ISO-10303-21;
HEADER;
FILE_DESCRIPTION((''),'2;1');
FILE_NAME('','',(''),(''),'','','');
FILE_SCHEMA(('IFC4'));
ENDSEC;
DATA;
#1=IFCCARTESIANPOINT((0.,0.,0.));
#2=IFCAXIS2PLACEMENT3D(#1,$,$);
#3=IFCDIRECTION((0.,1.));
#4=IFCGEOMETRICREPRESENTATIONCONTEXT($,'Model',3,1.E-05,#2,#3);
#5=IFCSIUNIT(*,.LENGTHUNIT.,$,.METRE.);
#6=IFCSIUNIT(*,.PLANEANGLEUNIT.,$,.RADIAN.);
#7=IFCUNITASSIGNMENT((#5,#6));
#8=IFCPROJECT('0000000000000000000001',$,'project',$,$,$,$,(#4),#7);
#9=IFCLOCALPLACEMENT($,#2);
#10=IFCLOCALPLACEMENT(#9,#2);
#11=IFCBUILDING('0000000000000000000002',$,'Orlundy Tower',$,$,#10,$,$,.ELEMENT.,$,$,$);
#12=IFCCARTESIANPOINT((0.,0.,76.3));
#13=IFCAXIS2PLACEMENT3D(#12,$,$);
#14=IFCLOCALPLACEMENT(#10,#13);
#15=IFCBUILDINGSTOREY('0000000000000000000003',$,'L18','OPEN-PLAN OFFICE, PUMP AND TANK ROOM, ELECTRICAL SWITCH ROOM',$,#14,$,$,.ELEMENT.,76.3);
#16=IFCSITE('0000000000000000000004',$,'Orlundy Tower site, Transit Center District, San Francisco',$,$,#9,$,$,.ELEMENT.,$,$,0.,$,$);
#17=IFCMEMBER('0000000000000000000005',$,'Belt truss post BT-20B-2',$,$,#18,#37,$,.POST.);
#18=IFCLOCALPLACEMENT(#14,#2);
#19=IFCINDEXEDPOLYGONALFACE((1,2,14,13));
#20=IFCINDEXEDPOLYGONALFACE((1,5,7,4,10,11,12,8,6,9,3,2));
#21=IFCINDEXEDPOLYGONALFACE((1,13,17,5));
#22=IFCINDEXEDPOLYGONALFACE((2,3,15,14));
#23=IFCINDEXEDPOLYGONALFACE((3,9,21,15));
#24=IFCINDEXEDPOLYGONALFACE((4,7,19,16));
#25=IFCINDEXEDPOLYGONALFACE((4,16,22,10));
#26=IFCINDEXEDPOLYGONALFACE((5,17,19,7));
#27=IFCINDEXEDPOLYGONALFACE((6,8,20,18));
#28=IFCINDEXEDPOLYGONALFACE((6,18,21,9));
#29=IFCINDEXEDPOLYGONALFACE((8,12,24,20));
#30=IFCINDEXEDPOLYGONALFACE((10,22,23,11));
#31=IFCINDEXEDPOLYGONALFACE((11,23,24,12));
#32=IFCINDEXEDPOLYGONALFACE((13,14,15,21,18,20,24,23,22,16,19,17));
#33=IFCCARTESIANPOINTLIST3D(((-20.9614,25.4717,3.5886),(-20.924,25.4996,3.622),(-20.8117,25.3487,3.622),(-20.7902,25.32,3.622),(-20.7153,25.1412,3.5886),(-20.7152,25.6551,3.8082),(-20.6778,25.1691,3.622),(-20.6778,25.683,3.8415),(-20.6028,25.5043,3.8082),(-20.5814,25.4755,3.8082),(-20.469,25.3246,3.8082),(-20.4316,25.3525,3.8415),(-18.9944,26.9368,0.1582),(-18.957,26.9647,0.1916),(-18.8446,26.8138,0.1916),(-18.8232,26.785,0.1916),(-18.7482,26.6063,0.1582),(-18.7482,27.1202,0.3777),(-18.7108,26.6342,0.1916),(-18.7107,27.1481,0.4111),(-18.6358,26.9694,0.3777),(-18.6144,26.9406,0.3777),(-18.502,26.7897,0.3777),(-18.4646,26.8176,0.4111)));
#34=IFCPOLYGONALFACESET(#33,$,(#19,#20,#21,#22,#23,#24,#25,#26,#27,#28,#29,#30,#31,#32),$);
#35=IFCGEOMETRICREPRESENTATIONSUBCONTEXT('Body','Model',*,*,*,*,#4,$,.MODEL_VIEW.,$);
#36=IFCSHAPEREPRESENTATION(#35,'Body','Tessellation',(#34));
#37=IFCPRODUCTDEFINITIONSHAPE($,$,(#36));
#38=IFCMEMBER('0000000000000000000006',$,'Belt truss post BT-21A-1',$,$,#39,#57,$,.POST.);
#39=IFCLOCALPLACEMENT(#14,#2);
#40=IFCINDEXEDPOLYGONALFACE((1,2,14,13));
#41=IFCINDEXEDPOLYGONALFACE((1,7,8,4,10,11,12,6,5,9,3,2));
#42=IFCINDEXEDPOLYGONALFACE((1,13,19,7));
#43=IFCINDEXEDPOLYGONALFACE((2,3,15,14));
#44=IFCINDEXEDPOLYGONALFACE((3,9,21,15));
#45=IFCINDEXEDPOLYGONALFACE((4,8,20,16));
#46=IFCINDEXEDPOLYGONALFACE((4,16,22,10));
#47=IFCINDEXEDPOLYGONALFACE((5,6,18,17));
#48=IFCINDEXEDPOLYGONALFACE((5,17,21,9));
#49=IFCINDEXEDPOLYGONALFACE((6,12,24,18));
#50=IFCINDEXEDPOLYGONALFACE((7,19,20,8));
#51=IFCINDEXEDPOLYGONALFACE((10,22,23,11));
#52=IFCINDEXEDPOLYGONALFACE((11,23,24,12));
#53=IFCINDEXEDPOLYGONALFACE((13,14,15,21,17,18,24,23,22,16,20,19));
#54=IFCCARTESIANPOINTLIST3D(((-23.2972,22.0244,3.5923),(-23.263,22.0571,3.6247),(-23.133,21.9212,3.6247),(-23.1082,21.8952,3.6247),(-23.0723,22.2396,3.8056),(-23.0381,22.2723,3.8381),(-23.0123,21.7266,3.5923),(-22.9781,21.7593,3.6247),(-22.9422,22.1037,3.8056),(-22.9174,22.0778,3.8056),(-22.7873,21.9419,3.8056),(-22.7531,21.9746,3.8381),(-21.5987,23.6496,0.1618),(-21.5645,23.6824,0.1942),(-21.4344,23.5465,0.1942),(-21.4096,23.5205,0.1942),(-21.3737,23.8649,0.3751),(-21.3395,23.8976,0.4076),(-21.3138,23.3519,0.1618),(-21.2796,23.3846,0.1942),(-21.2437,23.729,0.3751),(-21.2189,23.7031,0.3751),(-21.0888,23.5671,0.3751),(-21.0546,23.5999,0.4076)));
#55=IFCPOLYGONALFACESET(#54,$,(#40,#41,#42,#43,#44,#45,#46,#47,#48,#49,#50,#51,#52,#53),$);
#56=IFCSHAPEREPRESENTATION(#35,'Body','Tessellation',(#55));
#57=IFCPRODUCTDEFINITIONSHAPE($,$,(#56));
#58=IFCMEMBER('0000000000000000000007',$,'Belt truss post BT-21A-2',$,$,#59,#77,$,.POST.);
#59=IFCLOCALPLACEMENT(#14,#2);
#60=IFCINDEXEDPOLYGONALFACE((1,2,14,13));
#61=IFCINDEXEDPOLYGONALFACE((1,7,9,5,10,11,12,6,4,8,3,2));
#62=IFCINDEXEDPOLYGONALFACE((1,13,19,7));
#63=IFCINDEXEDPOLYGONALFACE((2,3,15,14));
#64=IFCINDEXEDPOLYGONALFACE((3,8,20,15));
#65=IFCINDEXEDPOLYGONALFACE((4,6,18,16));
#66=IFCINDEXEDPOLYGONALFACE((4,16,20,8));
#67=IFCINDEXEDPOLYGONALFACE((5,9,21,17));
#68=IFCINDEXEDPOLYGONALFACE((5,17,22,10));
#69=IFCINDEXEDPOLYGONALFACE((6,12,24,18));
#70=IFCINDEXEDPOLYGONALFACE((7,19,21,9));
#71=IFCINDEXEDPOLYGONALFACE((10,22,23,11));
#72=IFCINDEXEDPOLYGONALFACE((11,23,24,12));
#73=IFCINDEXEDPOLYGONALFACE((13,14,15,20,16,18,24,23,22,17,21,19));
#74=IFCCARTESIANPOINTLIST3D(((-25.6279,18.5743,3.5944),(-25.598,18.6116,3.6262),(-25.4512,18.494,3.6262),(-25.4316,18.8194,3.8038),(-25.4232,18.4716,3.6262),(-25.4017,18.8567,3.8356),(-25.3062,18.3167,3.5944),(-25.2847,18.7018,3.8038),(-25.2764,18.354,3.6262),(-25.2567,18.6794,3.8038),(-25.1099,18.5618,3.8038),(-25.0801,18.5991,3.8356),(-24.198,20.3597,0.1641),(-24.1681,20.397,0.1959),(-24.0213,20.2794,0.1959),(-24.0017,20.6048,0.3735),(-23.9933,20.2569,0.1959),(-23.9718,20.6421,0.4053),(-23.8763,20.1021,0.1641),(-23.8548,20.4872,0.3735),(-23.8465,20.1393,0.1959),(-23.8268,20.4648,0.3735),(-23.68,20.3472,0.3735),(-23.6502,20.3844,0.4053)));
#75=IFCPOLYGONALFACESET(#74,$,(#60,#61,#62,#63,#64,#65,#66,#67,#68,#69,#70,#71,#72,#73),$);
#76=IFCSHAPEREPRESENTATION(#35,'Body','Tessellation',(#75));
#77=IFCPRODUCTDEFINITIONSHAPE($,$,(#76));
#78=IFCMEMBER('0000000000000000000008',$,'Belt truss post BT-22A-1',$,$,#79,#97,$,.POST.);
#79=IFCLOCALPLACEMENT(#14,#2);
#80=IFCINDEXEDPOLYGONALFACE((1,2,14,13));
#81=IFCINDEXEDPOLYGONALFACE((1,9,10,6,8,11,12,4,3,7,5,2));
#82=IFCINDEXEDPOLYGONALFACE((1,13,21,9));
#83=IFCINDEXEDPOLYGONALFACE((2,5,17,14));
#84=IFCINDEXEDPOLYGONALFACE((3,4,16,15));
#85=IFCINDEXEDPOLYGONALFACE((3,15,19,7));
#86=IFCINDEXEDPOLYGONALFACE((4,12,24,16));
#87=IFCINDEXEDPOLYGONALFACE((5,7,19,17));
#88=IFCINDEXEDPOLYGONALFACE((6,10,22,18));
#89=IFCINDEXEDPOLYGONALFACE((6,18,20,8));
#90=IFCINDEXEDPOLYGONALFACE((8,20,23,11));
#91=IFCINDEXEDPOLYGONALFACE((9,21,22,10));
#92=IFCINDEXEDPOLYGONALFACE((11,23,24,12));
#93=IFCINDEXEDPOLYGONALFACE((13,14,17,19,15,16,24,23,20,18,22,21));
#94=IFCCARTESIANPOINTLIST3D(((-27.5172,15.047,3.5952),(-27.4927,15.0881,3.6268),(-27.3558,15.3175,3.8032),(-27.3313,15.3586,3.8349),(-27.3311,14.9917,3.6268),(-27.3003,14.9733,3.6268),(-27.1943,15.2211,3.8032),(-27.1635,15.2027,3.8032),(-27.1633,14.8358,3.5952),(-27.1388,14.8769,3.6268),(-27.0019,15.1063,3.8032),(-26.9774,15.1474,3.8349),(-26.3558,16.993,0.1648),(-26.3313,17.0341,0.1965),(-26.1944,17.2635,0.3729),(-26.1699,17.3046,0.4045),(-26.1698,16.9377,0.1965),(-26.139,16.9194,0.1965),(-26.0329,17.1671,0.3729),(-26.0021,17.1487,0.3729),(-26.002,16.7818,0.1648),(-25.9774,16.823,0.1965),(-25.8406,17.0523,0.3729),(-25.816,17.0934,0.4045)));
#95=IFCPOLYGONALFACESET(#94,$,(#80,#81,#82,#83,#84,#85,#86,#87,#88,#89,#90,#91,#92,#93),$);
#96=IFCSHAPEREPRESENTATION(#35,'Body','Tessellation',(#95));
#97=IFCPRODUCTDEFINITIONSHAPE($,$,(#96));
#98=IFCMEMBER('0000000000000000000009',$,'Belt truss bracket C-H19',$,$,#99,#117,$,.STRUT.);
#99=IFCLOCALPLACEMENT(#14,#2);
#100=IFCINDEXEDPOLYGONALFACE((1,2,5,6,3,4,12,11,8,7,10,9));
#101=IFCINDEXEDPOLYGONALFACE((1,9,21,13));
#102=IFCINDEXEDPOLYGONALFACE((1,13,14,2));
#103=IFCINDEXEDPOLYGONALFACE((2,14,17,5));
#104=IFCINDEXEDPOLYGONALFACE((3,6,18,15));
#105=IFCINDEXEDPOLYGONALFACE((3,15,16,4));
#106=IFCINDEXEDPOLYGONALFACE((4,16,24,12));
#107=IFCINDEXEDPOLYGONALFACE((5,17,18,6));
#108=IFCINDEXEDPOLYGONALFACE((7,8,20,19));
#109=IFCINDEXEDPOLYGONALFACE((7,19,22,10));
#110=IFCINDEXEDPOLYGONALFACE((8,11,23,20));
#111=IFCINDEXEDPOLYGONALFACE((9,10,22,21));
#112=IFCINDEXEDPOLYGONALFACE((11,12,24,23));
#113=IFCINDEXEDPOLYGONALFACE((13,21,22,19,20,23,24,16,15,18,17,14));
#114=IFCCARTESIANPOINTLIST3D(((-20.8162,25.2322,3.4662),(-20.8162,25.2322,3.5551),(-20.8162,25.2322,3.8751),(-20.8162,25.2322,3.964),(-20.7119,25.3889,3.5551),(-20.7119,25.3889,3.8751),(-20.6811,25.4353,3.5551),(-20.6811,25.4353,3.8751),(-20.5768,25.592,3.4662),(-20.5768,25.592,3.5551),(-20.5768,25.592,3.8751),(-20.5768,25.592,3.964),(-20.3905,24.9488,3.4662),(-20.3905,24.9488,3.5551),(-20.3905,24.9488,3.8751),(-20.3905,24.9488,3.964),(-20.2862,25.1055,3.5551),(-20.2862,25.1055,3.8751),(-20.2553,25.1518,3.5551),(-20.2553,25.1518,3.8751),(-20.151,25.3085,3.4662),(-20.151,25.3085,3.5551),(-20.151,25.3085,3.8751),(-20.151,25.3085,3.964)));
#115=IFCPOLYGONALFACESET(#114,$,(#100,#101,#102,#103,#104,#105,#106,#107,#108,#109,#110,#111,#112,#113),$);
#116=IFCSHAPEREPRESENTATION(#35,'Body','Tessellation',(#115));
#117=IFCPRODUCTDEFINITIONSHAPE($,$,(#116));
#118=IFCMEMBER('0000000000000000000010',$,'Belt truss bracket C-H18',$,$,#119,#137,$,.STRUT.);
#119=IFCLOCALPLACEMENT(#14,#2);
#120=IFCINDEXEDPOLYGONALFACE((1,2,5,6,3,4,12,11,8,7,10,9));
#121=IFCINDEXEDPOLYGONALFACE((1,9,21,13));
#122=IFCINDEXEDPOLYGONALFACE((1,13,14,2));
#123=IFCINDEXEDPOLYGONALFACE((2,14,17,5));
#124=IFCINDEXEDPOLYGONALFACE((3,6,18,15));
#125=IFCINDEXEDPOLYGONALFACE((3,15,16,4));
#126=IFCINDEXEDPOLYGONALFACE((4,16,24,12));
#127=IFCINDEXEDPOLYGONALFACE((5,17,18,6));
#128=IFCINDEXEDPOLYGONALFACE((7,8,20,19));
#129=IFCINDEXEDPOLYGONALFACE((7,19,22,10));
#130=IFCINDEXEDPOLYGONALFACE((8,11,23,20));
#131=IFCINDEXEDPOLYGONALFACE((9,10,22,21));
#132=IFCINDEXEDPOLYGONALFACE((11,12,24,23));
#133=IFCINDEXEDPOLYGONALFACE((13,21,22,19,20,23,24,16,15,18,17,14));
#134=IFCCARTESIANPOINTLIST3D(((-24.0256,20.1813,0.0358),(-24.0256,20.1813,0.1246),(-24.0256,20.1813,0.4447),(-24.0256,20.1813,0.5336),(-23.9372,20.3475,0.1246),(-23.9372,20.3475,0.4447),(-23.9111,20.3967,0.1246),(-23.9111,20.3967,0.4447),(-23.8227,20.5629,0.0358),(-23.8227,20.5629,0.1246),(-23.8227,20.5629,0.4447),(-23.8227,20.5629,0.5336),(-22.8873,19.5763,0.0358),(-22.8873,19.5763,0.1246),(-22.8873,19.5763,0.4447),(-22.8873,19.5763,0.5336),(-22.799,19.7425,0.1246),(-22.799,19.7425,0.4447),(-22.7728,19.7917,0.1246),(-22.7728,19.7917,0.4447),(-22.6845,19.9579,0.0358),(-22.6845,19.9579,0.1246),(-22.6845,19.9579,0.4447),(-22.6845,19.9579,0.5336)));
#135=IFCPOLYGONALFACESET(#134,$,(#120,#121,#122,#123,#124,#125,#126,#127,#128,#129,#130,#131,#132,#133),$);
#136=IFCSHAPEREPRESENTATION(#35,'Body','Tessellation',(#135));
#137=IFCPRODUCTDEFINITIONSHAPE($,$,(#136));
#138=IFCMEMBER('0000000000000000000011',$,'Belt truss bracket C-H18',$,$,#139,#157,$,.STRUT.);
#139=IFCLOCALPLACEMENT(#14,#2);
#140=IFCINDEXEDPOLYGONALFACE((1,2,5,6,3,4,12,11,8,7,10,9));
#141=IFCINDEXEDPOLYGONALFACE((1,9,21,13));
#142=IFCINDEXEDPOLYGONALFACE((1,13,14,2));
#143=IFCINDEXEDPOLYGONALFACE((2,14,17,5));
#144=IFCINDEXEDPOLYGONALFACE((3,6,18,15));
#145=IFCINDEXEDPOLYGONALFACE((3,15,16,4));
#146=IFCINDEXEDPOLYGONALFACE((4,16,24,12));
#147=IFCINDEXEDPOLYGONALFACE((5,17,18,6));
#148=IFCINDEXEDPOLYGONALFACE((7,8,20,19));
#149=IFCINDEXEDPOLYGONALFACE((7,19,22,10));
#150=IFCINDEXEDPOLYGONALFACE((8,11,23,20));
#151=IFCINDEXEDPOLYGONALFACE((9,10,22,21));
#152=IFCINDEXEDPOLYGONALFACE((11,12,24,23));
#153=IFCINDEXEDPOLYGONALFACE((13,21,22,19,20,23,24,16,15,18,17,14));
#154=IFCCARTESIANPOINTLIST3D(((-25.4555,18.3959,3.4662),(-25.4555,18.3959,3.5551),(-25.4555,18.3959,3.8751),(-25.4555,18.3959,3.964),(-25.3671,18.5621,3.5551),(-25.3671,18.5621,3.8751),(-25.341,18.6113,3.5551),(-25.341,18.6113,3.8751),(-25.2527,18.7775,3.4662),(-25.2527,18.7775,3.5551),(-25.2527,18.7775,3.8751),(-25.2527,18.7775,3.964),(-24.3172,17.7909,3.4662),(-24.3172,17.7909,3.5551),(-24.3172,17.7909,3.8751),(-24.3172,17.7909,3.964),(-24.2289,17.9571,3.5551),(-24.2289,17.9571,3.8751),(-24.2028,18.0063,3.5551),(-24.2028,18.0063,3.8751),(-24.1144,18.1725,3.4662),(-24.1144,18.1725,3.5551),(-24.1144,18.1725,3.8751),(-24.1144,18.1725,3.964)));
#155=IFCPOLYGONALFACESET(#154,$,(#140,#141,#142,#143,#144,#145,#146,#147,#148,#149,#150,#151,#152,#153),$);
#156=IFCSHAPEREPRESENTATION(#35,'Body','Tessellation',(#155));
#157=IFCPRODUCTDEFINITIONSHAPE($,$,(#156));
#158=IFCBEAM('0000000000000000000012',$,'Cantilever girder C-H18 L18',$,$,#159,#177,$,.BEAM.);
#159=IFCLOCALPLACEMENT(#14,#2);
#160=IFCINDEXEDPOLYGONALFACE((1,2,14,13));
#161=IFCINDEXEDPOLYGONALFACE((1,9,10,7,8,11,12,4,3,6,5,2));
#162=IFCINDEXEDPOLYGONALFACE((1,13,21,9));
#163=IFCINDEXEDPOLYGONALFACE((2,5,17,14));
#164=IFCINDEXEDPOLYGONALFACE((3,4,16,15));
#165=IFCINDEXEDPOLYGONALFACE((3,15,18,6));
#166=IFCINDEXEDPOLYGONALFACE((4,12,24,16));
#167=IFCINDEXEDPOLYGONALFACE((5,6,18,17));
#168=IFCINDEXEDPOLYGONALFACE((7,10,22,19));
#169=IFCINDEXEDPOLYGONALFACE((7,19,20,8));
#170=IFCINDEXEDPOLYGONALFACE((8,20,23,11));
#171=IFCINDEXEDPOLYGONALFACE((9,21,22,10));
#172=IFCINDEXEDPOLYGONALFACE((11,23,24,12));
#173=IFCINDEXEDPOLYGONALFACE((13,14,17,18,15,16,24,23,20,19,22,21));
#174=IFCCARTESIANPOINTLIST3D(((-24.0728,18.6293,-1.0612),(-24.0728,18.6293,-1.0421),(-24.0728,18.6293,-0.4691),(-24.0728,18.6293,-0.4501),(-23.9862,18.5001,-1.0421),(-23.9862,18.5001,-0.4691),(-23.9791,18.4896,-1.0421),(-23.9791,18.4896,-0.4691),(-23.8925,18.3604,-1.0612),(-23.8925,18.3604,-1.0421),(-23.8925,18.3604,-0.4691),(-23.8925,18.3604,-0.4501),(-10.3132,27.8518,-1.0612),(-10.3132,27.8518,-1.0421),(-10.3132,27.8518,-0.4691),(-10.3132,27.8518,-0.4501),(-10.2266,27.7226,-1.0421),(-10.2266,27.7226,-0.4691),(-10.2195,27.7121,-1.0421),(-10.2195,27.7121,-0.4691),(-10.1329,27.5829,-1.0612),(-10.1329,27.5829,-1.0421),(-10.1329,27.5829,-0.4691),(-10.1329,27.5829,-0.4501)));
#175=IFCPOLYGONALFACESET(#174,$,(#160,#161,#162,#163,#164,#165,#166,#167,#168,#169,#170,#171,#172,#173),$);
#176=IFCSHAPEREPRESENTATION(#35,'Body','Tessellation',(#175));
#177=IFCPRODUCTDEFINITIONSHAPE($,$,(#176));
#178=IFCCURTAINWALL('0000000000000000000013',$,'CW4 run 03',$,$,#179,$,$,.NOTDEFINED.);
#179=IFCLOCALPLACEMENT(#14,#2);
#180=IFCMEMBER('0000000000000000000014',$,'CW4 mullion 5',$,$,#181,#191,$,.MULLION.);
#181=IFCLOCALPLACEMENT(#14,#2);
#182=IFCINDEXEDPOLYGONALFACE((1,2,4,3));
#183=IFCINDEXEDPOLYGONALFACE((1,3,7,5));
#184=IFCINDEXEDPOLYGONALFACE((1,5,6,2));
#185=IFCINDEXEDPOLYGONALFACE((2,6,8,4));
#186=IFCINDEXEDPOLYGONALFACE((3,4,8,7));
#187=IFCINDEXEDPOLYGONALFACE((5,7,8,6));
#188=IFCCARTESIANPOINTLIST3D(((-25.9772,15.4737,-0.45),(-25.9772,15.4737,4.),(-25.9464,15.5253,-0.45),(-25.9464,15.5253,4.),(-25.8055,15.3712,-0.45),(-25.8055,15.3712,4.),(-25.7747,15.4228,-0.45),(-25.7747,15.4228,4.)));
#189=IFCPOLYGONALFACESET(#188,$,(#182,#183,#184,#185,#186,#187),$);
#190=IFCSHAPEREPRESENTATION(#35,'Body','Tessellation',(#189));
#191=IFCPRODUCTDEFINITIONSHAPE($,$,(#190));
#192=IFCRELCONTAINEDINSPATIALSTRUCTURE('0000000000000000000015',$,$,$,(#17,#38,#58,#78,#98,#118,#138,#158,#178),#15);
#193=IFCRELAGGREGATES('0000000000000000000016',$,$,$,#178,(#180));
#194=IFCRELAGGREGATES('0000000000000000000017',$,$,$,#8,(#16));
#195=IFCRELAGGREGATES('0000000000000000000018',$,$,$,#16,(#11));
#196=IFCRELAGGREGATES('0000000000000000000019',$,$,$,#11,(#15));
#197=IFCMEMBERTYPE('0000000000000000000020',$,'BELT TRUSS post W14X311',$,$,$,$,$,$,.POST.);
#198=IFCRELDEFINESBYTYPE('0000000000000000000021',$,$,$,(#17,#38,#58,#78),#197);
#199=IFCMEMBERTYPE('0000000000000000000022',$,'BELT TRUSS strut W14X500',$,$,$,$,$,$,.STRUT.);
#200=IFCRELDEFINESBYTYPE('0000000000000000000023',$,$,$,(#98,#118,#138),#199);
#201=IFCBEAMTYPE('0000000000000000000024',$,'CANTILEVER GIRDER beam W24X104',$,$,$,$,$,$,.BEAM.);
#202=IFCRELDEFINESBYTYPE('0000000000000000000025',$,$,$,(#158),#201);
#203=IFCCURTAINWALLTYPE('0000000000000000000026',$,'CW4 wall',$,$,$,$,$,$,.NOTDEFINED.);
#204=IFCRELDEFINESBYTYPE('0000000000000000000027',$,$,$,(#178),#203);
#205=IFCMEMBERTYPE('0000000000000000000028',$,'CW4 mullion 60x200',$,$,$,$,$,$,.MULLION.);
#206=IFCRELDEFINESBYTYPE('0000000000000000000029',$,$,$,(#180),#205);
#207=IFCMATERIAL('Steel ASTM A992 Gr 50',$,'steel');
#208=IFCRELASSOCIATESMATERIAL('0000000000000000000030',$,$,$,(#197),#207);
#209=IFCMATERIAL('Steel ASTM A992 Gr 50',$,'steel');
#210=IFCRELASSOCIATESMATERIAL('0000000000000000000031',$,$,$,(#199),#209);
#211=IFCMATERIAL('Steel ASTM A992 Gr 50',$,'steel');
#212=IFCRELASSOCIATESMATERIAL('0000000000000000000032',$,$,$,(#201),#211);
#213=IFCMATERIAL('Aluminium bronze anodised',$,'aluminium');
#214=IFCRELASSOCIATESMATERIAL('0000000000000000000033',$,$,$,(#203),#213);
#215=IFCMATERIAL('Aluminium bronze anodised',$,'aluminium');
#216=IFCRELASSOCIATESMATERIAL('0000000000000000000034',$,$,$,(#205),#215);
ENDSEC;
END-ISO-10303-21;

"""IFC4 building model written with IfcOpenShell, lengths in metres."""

from ifc_helpers import new_model, si_unit, direction, frame, origin, origin_2d, place, context, subcontext, project, spatial, rectangle, i_section, extrude, material, material_profile, profile_set, type_object, element, aggregate, save


model = new_model("IFC4")

# Units and contexts
model_context = context("Model", 3, precision=1e-05, world=origin(), true_north=direction((0.0, 1.0)))
body_context = subcontext(model_context, "Body", "Model", "MODEL_VIEW")
ifc_project = project(units=[si_unit("LENGTHUNIT", "METRE"), si_unit("PLANEANGLEUNIT", "RADIAN")], contexts=[model_context])

# Site, building, storey
site_placement = place(None, origin())
site = spatial("IfcSite", under=ifc_project, at=site_placement, Name="Orlundy Tower site, Transit Center District, San Francisco", CompositionType="ELEMENT", RefElevation=0.0)
building_placement = place(site_placement, origin())
building = spatial("IfcBuilding", under=site, at=building_placement, Name="Orlundy Tower", CompositionType="ELEMENT")
storey_placement = place(building_placement, frame((0.0, 0.0, 76.3)))
storey = spatial("IfcBuildingStorey", under=building, at=storey_placement, Name="L18", Description="OPEN-PLAN OFFICE, PUMP AND TANK ROOM, ELECTRICAL SWITCH ROOM", CompositionType="ELEMENT", Elevation=76.3)

# Members
ifc_material_1 = material(Name="Steel ASTM A992 Gr 50", Category="steel")
ifc_material_profile_1 = material_profile(ifc_material_1, i_section(OverallWidth=0.4121, OverallDepth=0.4348, WebThickness=0.0359, FlangeThickness=0.0574, at=origin_2d()), Name="W14X311")
ifc_profile_set_1 = profile_set([ifc_material_profile_1], Name="Steel ASTM A992 Gr 50")
member_type_1 = type_object("IfcMemberType", Name="BELT TRUSS post W14X311", PredefinedType="POST", material=ifc_profile_set_1)
member_1_placement = place(storey_placement, frame((-18.7295, 26.8772, 0.2847), z_axis=(-0.466449, -0.34742, 0.813464), x_axis=(0.597337, -0.80199, 0.0)))
element("IfcMember", 1, at=member_1_placement, inside=storey, type_object=member_type_1, Name="Belt truss post BT-20B-2", PredefinedType="POST", context=body_context, shape_type="SweptSolid", body=[
    extrude(i_section(OverallWidth=0.4121, OverallDepth=0.4348, WebThickness=0.0359, FlangeThickness=0.0574, at=origin_2d()), origin(), (0.0, 0.0, 1.0), 4.217),
])
member_2_placement = place(storey_placement, frame((-21.3267, 23.6248, 0.2847), z_axis=(-0.408426, -0.390814, 0.824895), x_axis=(0.691357, -0.722513, 0.0)))
element("IfcMember", 2, at=member_2_placement, inside=storey, type_object=member_type_1, Name="Belt truss post BT-21A-1", PredefinedType="POST", context=body_context, shape_type="SweptSolid", body=[
    extrude(i_section(OverallWidth=0.4121, OverallDepth=0.4348, WebThickness=0.0359, FlangeThickness=0.0574, at=origin_2d()), origin(), (0.0, 0.0, 1.0), 4.1587),
])
member_3_placement = place(storey_placement, frame((-23.9241, 20.3721, 0.2847), z_axis=(-0.346808, -0.433021, 0.831996), x_axis=(0.780525, -0.625124, 0.0)))
element("IfcMember", 3, at=member_3_placement, inside=storey, type_object=member_type_1, Name="Belt truss post BT-21A-2", PredefinedType="POST", context=body_context, shape_type="SweptSolid", body=[
    extrude(i_section(OverallWidth=0.4121, OverallDepth=0.4348, WebThickness=0.0359, FlangeThickness=0.0574, at=origin_2d()), origin(), (0.0, 0.0, 1.0), 4.123),
])
member_4_placement = place(storey_placement, frame((-26.0859, 17.0432, 0.2847), z_axis=(-0.282477, -0.473328, 0.834366), x_axis=(0.858707, -0.512466, 0.0)))
element("IfcMember", 4, at=member_4_placement, inside=storey, type_object=member_type_1, Name="Belt truss post BT-22A-1", PredefinedType="POST", context=body_context, shape_type="SweptSolid", body=[
    extrude(i_section(OverallWidth=0.4121, OverallDepth=0.4348, WebThickness=0.0359, FlangeThickness=0.0574, at=origin_2d()), origin(), (0.0, 0.0, 1.0), 4.1113),
])
ifc_material_2 = material(Name="Steel ASTM A992 Gr 50", Category="steel")
ifc_material_profile_2 = material_profile(ifc_material_2, i_section(OverallWidth=0.4321, OverallDepth=0.4978, WebThickness=0.0557, FlangeThickness=0.0889, at=origin_2d()), Name="W14X500")
ifc_profile_set_2 = profile_set([ifc_material_profile_2], Name="Steel ASTM A992 Gr 50")
member_type_2 = type_object("IfcMemberType", Name="BELT TRUSS strut W14X500", PredefinedType="STRUT", material=ifc_profile_set_2)
member_5_placement = place(storey_placement, frame((-20.2708, 25.1287, 3.7151), z_axis=(-0.832417, 0.554149, 0.0), x_axis=(-0.554149, -0.832417, 0.0)))
element("IfcMember", 5, at=member_5_placement, inside=storey, type_object=member_type_2, Name="Belt truss bracket C-H19", PredefinedType="STRUT", context=body_context, shape_type="SweptSolid", body=[
    extrude(i_section(OverallWidth=0.4321, OverallDepth=0.4978, WebThickness=0.0557, FlangeThickness=0.0889, at=origin_2d()), origin(), (0.0, 0.0, 1.0), 0.5115),
])
for number, where, z_axis, x_axis, name in (
    (6, (-22.7859, 19.7671, 0.2847), (-0.883013, 0.469349, 0.0), (-0.469349, -0.883013, 0.0), "Belt truss bracket C-H18"),
    (7, (-24.2158, 17.9817, 3.7151), (-0.883013, 0.469349, 0.0), (-0.469349, -0.883013, 0.0), "Belt truss bracket C-H18"),
):
    element("IfcMember", number, at=place(storey_placement, frame(where, z_axis=z_axis, x_axis=x_axis)), inside=storey, type_object=member_type_2, Name=name, PredefinedType="STRUT", context=body_context, shape_type="SweptSolid", body=[
        extrude(i_section(OverallWidth=0.4321, OverallDepth=0.4978, WebThickness=0.0557, FlangeThickness=0.0889, at=origin_2d()), origin(), (0.0, 0.0, 1.0), 1.2891),
    ])

# Beam
ifc_material_3 = material(Name="Steel ASTM A992 Gr 50", Category="steel")
ifc_material_profile_3 = material_profile(ifc_material_3, i_section(OverallWidth=0.3237, OverallDepth=0.6111, WebThickness=0.0127, FlangeThickness=0.019, at=origin_2d()), Name="W24X104")
ifc_profile_set_3 = profile_set([ifc_material_profile_3], Name="Steel ASTM A992 Gr 50")
beam_type = type_object("IfcBeamType", Name="CANTILEVER GIRDER beam W24X104", PredefinedType="BEAM", material=ifc_profile_set_3)
beam_placement = place(storey_placement, frame((-23.9827, 18.4949, -0.7556), z_axis=(0.830671, 0.556763, 0.0), x_axis=(-0.556763, 0.830671, 0.0)))
element("IfcBeam", 8, at=beam_placement, inside=storey, type_object=beam_type, Name="Cantilever girder C-H18 L18", PredefinedType="BEAM", context=body_context, shape_type="SweptSolid", body=[
    extrude(i_section(OverallWidth=0.3237, OverallDepth=0.6111, WebThickness=0.0127, FlangeThickness=0.019, at=origin_2d()), origin(), (0.0, 0.0, 1.0), 16.5645),
])

# Curtain wall, member
ifc_material_4 = material(Name="Aluminium bronze anodised", Category="aluminium")
curtain_wall_type = type_object("IfcCurtainWallType", Name="CW4 wall", PredefinedType="NOTDEFINED", material=ifc_material_4)
curtain_wall_1_placement = place(storey_placement, origin())
curtain_wall_1 = element("IfcCurtainWall", 9, at=curtain_wall_1_placement, inside=storey, type_object=curtain_wall_type, Name="CW4 run 03", PredefinedType="NOTDEFINED")
ifc_material_5 = material(Name="Aluminium bronze anodised", Category="aluminium")
ifc_material_profile_4 = material_profile(ifc_material_5, rectangle(XDim=0.2, YDim=0.0601, at=origin_2d()), Name="CW4 mullion 60x200")
ifc_profile_set_4 = profile_set([ifc_material_profile_4], Name="Aluminium bronze anodised")
member_type_3 = type_object("IfcMemberType", Name="CW4 mullion 60x200", PredefinedType="MULLION", material=ifc_profile_set_4)
member_6_placement = place(storey_placement, frame((-25.876, 15.4482, -0.45), z_axis=(0.0, 0.0, 1.0), x_axis=(-0.858671, 0.512528, 0.0)))
member_6 = element("IfcMember", 10, at=member_6_placement, type_object=member_type_3, Name="CW4 mullion 5", PredefinedType="MULLION", context=body_context, shape_type="SweptSolid", body=[
    extrude(rectangle(XDim=0.2, YDim=0.0601, at=origin_2d()), origin(), (0.0, 0.0, 1.0), 4.45),
])

aggregate(curtain_wall_1, [member_6])

save(model, "model.ifc")
